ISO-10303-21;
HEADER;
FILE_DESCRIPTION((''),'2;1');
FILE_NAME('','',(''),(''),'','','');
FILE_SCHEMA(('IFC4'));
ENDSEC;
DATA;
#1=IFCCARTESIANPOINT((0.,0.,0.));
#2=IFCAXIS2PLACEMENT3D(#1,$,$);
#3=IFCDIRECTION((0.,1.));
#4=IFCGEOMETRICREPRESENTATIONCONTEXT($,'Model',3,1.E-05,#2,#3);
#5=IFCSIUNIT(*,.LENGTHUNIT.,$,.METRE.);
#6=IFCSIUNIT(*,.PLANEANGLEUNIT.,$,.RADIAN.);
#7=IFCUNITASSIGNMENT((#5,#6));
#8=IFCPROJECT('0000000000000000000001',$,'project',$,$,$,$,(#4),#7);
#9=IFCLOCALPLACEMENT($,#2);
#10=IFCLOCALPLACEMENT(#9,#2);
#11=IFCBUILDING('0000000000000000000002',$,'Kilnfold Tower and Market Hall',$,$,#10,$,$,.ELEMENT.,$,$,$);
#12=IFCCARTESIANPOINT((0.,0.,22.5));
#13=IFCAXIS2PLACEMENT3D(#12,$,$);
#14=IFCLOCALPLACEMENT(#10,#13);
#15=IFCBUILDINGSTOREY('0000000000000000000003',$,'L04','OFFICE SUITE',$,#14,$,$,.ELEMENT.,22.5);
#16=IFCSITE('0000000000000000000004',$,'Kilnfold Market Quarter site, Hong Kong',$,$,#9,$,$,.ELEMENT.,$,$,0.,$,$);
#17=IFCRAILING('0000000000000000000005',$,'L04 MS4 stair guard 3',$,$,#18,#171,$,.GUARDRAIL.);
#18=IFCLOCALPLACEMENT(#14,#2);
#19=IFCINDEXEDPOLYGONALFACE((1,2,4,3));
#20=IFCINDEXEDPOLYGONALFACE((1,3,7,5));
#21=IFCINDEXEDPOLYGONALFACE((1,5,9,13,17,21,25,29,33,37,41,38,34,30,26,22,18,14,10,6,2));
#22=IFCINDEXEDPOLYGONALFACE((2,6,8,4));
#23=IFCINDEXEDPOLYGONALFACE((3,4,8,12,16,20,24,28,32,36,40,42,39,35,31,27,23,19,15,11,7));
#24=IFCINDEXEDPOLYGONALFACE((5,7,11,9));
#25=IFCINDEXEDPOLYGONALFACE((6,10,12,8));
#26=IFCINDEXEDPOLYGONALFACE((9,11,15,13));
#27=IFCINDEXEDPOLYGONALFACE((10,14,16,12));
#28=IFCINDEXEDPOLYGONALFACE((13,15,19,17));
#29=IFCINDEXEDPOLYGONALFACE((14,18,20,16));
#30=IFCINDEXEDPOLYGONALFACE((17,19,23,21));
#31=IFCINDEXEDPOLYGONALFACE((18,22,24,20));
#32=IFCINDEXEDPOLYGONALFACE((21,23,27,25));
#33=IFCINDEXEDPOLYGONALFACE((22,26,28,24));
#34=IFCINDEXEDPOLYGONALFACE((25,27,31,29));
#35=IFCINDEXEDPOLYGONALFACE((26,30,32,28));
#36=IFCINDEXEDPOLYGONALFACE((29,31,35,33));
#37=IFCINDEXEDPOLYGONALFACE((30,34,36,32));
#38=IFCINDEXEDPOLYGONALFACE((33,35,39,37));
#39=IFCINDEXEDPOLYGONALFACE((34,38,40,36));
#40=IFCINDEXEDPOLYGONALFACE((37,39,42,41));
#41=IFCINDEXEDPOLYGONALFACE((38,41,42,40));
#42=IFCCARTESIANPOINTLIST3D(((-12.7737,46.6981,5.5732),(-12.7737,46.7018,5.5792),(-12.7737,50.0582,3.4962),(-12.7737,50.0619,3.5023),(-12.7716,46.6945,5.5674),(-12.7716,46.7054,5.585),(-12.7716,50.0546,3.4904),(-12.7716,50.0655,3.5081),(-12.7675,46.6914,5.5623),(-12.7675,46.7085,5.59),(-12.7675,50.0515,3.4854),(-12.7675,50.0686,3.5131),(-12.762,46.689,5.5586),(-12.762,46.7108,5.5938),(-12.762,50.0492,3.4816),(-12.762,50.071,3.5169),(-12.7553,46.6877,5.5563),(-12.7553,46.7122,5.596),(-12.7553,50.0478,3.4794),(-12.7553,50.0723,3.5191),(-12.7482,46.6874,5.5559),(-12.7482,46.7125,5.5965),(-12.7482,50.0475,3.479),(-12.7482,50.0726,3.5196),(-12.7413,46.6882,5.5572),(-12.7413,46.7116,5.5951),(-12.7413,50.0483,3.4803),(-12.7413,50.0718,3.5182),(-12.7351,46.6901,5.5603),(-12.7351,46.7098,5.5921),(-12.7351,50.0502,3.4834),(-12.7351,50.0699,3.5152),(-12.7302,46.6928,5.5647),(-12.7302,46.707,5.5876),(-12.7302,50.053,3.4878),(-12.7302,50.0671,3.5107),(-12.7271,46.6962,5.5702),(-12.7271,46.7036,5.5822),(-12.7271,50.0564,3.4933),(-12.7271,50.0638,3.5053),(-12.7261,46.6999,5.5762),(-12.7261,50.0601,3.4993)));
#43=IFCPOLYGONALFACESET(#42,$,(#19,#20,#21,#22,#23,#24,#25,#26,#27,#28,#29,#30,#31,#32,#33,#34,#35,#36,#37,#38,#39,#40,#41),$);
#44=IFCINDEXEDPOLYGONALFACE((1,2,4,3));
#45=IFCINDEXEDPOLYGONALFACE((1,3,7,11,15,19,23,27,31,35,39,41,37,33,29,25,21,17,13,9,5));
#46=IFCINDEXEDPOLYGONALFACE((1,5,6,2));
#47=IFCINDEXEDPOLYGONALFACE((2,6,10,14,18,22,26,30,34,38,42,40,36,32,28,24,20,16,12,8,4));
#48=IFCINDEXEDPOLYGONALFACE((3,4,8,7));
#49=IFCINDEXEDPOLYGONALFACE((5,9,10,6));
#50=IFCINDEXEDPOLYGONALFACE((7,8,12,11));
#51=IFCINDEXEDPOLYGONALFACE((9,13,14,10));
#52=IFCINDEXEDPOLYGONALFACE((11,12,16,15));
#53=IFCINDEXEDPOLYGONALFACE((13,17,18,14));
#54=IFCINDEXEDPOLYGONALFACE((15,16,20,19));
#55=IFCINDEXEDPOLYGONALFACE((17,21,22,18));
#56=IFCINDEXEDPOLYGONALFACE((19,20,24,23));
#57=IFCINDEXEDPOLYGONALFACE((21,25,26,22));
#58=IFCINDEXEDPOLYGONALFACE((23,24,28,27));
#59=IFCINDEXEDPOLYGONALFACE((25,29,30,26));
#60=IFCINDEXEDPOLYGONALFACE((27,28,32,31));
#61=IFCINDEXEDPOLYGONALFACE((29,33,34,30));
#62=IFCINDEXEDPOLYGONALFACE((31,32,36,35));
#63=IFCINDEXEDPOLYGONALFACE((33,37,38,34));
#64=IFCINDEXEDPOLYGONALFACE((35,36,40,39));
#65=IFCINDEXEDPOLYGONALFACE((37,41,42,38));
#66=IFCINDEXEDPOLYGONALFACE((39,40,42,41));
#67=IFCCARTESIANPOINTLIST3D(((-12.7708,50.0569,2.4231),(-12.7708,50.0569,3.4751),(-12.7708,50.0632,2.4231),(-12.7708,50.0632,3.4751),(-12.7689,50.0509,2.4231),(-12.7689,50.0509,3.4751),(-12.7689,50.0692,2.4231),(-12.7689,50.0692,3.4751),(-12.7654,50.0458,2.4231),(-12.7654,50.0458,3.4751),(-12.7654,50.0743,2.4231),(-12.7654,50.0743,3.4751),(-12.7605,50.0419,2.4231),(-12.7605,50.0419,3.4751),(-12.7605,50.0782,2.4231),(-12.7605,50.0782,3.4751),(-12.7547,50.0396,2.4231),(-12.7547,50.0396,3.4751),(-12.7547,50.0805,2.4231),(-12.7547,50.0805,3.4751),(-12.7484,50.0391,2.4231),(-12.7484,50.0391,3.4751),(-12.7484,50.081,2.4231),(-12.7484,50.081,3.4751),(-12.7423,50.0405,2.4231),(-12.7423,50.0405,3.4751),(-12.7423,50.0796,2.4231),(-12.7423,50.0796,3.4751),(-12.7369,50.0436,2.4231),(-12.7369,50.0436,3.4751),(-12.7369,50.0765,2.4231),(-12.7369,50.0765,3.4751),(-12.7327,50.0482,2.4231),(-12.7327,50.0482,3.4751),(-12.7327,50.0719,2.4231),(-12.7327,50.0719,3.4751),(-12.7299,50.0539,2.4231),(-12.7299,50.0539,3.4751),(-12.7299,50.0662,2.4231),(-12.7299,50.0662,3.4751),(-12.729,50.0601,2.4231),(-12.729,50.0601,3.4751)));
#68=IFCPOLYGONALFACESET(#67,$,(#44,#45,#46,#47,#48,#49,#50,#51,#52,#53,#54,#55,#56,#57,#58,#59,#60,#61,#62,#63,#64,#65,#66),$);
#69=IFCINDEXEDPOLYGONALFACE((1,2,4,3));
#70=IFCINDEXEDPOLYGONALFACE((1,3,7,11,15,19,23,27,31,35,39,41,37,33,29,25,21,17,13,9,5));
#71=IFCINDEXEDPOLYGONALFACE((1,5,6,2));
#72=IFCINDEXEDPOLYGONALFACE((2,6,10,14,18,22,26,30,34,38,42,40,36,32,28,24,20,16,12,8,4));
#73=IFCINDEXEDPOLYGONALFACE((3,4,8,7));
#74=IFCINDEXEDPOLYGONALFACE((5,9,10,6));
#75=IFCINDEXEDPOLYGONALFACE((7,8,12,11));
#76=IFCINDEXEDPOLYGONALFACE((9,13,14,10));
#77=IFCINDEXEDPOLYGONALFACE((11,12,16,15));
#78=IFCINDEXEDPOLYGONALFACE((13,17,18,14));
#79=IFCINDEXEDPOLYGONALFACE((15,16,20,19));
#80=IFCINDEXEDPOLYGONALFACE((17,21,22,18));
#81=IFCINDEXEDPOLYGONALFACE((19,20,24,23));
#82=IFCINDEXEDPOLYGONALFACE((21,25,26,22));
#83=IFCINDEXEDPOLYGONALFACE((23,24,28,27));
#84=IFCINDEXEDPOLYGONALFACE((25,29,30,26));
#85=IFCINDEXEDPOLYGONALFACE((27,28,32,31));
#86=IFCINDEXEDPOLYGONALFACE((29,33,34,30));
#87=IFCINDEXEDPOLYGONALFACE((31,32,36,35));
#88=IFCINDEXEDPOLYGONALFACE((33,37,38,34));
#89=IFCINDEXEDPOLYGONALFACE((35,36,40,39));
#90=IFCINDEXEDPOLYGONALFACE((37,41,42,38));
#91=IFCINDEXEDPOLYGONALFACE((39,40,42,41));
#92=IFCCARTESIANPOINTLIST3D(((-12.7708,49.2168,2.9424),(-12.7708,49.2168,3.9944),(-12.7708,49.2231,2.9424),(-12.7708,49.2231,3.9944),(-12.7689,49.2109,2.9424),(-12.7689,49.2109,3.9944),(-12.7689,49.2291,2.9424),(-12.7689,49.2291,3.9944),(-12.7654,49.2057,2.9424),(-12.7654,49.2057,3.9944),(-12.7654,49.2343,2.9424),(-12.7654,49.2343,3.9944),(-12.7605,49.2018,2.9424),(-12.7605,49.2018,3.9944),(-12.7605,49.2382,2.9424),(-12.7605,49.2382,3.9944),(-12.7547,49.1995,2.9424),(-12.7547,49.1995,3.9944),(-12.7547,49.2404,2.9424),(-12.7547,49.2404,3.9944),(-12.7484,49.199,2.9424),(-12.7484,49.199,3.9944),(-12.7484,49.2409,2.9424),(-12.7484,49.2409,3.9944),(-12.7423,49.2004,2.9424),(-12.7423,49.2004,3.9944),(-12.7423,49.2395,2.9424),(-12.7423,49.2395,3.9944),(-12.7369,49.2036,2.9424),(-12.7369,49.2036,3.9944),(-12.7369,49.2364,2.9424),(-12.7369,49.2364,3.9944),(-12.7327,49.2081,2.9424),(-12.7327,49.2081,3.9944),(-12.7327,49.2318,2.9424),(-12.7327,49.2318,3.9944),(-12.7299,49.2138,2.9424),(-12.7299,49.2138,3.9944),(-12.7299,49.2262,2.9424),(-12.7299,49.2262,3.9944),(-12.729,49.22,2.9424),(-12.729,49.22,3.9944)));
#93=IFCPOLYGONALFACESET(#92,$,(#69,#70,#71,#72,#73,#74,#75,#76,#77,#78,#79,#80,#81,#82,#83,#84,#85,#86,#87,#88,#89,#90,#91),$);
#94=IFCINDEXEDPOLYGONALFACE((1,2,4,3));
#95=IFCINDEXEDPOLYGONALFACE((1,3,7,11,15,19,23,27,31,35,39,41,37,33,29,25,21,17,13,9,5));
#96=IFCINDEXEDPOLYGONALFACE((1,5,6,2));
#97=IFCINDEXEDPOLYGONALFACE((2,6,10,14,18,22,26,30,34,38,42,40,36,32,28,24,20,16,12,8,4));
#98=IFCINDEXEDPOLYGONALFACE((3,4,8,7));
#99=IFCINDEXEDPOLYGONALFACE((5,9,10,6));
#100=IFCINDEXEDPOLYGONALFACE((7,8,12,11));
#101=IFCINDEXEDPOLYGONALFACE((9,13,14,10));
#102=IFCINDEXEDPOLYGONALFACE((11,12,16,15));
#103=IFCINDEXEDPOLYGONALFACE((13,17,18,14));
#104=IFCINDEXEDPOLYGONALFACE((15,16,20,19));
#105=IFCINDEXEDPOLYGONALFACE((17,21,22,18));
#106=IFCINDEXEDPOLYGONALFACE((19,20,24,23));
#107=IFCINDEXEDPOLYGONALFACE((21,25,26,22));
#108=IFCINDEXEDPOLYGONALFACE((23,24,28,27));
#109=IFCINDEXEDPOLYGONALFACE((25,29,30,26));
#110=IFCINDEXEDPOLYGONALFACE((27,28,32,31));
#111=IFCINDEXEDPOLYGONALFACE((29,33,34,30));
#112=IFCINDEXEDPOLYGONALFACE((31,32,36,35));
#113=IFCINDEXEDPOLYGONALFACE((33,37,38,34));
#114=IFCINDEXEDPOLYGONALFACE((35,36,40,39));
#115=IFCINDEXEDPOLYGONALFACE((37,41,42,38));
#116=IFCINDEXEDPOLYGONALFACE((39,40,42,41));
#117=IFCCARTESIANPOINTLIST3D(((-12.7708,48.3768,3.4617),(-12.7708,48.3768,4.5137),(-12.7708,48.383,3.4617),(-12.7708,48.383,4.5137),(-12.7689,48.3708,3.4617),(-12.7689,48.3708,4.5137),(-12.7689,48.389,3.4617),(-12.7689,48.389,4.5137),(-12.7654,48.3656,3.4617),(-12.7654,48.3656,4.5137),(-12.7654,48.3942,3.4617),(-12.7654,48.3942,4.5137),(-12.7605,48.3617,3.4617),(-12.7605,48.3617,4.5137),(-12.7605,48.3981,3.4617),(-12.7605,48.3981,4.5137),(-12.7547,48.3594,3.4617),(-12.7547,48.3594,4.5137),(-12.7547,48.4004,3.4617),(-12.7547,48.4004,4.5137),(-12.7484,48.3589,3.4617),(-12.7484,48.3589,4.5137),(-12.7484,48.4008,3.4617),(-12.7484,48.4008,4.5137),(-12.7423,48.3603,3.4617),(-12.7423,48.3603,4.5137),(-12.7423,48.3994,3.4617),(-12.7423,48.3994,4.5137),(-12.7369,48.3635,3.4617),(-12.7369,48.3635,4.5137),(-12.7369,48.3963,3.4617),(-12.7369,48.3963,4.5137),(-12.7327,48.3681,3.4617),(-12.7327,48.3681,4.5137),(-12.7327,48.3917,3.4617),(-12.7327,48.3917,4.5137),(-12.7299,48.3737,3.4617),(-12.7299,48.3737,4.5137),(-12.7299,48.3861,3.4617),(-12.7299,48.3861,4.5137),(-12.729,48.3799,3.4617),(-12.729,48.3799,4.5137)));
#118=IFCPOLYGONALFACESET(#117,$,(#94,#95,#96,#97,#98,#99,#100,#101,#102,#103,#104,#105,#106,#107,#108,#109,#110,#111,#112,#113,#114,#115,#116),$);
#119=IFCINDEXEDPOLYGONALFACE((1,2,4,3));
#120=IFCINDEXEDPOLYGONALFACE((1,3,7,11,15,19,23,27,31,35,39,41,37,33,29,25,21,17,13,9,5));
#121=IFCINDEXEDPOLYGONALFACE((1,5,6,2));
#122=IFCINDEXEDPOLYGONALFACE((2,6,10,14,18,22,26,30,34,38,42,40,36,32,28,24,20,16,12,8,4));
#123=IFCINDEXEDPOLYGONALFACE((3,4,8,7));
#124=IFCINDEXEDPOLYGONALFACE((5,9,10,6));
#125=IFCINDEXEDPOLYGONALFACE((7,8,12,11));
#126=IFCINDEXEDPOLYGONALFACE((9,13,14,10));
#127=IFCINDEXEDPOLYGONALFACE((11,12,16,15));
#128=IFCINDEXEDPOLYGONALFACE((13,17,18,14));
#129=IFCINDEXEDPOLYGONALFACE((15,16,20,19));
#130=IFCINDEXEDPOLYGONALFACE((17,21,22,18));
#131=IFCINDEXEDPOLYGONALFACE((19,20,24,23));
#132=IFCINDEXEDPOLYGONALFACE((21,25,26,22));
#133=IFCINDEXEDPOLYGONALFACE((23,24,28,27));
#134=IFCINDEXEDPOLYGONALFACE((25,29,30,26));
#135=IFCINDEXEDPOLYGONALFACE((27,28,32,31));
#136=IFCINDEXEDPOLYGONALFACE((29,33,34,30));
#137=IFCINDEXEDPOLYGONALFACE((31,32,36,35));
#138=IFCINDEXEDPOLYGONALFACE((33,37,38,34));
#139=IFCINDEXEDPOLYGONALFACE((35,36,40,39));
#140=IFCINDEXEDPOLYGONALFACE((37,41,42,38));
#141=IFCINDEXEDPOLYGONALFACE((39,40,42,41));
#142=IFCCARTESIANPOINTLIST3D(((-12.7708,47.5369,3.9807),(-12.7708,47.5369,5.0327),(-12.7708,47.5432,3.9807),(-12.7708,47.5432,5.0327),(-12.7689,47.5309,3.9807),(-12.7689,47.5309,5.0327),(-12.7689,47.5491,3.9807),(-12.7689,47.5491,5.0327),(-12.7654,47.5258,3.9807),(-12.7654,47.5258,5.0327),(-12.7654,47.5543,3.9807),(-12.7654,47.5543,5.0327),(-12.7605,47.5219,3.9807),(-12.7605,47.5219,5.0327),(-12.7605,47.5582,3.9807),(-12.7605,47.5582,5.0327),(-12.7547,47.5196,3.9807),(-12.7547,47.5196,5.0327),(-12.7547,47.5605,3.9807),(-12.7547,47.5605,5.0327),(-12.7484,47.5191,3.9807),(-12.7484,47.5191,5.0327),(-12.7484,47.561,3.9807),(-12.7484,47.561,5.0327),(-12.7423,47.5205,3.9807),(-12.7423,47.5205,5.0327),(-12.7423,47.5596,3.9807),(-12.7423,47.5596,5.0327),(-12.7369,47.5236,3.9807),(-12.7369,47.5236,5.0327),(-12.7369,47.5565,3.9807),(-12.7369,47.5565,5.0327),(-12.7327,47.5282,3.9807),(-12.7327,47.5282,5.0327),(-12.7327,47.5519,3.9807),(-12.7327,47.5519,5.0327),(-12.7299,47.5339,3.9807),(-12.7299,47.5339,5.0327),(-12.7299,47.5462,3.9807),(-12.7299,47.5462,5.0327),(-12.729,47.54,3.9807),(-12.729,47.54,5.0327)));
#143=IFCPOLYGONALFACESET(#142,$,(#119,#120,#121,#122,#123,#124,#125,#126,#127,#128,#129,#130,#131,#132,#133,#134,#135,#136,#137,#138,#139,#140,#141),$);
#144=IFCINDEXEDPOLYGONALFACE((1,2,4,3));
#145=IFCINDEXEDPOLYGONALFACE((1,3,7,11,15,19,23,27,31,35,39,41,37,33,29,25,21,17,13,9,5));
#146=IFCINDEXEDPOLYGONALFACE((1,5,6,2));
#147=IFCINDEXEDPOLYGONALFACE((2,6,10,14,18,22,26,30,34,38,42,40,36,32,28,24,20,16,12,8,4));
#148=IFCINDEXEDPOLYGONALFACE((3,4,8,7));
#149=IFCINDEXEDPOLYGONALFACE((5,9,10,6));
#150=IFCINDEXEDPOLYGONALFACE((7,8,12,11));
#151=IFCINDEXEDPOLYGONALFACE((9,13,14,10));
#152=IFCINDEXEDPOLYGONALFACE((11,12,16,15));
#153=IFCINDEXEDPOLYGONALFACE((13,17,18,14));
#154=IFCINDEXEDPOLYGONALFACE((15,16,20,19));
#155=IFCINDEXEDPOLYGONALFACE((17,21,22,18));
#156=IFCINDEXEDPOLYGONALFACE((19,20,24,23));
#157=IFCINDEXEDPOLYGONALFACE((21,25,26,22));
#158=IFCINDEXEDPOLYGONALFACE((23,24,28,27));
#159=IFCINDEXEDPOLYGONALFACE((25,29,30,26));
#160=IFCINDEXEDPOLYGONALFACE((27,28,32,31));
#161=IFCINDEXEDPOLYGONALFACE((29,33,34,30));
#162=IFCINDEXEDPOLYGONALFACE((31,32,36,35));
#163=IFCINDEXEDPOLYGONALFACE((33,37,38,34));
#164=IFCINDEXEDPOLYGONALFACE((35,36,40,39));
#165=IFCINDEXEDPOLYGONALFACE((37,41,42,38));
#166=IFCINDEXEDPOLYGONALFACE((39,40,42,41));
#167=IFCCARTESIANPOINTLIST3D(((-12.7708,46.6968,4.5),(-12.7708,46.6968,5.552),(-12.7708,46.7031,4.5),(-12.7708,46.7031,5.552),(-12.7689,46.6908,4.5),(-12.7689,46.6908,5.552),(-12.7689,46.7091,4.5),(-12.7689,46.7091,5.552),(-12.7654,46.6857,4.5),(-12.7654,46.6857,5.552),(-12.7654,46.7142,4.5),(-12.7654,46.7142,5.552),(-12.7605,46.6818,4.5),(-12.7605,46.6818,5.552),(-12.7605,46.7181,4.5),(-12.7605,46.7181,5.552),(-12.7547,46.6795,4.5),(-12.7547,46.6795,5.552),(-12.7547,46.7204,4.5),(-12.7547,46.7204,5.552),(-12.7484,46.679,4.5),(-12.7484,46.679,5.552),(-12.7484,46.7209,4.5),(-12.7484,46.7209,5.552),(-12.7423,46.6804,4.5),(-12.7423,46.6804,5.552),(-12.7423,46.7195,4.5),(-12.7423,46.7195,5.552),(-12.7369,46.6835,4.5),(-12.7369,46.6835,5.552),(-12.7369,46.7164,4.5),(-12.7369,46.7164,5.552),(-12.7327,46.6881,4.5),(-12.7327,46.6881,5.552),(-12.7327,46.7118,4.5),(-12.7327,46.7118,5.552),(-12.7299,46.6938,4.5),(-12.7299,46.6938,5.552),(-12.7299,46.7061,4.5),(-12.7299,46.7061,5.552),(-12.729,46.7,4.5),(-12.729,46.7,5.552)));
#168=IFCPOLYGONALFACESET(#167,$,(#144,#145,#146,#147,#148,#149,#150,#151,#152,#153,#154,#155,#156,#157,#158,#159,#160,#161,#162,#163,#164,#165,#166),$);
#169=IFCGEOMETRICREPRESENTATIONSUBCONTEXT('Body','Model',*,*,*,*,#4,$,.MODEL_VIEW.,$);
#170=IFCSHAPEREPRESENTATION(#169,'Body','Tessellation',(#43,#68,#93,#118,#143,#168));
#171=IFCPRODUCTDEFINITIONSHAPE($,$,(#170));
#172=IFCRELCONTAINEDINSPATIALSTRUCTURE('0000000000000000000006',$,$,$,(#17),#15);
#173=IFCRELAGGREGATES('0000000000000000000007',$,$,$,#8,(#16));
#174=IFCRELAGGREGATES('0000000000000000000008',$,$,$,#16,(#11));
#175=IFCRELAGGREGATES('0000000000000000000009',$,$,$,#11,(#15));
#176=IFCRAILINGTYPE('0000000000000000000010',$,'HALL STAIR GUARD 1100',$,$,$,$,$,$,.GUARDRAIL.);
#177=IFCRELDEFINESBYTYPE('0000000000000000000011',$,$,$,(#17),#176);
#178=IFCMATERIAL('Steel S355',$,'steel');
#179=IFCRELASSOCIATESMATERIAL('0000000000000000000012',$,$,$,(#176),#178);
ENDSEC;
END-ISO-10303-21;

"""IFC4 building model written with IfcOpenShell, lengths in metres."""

from ifc_helpers import new_model, si_unit, direction, frame, origin, origin_2d, place, context, subcontext, project, spatial, circle, extrude, material, type_object, element, save


model = new_model("IFC4")

# Units and contexts
model_context = context("Model", 3, precision=1e-05, world=origin(), true_north=direction((0.0, 1.0)))
body_context = subcontext(model_context, "Body", "Model", "MODEL_VIEW")
ifc_project = project(units=[si_unit("LENGTHUNIT", "METRE"), si_unit("PLANEANGLEUNIT", "RADIAN")], contexts=[model_context])

# Site, building, storey
site_placement = place(None, origin())
site = spatial("IfcSite", under=ifc_project, at=site_placement, Name="Kilnfold Market Quarter site, Hong Kong", CompositionType="ELEMENT", RefElevation=0.0)
building_placement = place(site_placement, origin())
building = spatial("IfcBuilding", under=site, at=building_placement, Name="Kilnfold Tower and Market Hall", CompositionType="ELEMENT")
storey_placement = place(building_placement, frame((0.0, 0.0, 22.5)))
storey = spatial("IfcBuildingStorey", under=building, at=storey_placement, Name="L04", Description="OFFICE SUITE", CompositionType="ELEMENT", Elevation=22.5)

# Railing
ifc_material_1 = material(Name="Steel S355", Category="steel")
railing_type_1 = type_object("IfcRailingType", Name="HALL STAIR GUARD 1100", PredefinedType="GUARDRAIL", material=ifc_material_1)
railing_1_placement = place(storey_placement, frame((-12.75, 50.0601, 2.4231)))
element("IfcRailing", 1, at=railing_1_placement, inside=storey, type_object=railing_type_1, Name="L04 MS4 stair guard 3", PredefinedType="GUARDRAIL", context=body_context, shape_type="SweptSolid", body=[
    extrude(circle(Radius=0.0239, at=origin_2d()), frame((0.0, 0.0, 1.0762), z_axis=(0.0, -0.850623, 0.525776), x_axis=(1.0, 0.0, 0.0)), (0.0, 0.0, 1.0), 3.9502),
    extrude(circle(Radius=0.021, at=origin_2d()), origin(), (0.0, 0.0, 1.0), 1.052),
    extrude(circle(Radius=0.021, at=origin_2d()), frame((0.0, -0.8401, 0.5193)), (0.0, 0.0, 1.0), 1.052),
    extrude(circle(Radius=0.021, at=origin_2d()), frame((0.0, -1.6802, 1.0386)), (0.0, 0.0, 1.0), 1.052),
    extrude(circle(Radius=0.021, at=origin_2d()), frame((0.0, -2.52, 1.5576)), (0.0, 0.0, 1.0), 1.052),
    extrude(circle(Radius=0.021, at=origin_2d()), frame((0.0, -3.3601, 2.0769)), (0.0, 0.0, 1.0), 1.052),
])

save(model, "model.ifc")
